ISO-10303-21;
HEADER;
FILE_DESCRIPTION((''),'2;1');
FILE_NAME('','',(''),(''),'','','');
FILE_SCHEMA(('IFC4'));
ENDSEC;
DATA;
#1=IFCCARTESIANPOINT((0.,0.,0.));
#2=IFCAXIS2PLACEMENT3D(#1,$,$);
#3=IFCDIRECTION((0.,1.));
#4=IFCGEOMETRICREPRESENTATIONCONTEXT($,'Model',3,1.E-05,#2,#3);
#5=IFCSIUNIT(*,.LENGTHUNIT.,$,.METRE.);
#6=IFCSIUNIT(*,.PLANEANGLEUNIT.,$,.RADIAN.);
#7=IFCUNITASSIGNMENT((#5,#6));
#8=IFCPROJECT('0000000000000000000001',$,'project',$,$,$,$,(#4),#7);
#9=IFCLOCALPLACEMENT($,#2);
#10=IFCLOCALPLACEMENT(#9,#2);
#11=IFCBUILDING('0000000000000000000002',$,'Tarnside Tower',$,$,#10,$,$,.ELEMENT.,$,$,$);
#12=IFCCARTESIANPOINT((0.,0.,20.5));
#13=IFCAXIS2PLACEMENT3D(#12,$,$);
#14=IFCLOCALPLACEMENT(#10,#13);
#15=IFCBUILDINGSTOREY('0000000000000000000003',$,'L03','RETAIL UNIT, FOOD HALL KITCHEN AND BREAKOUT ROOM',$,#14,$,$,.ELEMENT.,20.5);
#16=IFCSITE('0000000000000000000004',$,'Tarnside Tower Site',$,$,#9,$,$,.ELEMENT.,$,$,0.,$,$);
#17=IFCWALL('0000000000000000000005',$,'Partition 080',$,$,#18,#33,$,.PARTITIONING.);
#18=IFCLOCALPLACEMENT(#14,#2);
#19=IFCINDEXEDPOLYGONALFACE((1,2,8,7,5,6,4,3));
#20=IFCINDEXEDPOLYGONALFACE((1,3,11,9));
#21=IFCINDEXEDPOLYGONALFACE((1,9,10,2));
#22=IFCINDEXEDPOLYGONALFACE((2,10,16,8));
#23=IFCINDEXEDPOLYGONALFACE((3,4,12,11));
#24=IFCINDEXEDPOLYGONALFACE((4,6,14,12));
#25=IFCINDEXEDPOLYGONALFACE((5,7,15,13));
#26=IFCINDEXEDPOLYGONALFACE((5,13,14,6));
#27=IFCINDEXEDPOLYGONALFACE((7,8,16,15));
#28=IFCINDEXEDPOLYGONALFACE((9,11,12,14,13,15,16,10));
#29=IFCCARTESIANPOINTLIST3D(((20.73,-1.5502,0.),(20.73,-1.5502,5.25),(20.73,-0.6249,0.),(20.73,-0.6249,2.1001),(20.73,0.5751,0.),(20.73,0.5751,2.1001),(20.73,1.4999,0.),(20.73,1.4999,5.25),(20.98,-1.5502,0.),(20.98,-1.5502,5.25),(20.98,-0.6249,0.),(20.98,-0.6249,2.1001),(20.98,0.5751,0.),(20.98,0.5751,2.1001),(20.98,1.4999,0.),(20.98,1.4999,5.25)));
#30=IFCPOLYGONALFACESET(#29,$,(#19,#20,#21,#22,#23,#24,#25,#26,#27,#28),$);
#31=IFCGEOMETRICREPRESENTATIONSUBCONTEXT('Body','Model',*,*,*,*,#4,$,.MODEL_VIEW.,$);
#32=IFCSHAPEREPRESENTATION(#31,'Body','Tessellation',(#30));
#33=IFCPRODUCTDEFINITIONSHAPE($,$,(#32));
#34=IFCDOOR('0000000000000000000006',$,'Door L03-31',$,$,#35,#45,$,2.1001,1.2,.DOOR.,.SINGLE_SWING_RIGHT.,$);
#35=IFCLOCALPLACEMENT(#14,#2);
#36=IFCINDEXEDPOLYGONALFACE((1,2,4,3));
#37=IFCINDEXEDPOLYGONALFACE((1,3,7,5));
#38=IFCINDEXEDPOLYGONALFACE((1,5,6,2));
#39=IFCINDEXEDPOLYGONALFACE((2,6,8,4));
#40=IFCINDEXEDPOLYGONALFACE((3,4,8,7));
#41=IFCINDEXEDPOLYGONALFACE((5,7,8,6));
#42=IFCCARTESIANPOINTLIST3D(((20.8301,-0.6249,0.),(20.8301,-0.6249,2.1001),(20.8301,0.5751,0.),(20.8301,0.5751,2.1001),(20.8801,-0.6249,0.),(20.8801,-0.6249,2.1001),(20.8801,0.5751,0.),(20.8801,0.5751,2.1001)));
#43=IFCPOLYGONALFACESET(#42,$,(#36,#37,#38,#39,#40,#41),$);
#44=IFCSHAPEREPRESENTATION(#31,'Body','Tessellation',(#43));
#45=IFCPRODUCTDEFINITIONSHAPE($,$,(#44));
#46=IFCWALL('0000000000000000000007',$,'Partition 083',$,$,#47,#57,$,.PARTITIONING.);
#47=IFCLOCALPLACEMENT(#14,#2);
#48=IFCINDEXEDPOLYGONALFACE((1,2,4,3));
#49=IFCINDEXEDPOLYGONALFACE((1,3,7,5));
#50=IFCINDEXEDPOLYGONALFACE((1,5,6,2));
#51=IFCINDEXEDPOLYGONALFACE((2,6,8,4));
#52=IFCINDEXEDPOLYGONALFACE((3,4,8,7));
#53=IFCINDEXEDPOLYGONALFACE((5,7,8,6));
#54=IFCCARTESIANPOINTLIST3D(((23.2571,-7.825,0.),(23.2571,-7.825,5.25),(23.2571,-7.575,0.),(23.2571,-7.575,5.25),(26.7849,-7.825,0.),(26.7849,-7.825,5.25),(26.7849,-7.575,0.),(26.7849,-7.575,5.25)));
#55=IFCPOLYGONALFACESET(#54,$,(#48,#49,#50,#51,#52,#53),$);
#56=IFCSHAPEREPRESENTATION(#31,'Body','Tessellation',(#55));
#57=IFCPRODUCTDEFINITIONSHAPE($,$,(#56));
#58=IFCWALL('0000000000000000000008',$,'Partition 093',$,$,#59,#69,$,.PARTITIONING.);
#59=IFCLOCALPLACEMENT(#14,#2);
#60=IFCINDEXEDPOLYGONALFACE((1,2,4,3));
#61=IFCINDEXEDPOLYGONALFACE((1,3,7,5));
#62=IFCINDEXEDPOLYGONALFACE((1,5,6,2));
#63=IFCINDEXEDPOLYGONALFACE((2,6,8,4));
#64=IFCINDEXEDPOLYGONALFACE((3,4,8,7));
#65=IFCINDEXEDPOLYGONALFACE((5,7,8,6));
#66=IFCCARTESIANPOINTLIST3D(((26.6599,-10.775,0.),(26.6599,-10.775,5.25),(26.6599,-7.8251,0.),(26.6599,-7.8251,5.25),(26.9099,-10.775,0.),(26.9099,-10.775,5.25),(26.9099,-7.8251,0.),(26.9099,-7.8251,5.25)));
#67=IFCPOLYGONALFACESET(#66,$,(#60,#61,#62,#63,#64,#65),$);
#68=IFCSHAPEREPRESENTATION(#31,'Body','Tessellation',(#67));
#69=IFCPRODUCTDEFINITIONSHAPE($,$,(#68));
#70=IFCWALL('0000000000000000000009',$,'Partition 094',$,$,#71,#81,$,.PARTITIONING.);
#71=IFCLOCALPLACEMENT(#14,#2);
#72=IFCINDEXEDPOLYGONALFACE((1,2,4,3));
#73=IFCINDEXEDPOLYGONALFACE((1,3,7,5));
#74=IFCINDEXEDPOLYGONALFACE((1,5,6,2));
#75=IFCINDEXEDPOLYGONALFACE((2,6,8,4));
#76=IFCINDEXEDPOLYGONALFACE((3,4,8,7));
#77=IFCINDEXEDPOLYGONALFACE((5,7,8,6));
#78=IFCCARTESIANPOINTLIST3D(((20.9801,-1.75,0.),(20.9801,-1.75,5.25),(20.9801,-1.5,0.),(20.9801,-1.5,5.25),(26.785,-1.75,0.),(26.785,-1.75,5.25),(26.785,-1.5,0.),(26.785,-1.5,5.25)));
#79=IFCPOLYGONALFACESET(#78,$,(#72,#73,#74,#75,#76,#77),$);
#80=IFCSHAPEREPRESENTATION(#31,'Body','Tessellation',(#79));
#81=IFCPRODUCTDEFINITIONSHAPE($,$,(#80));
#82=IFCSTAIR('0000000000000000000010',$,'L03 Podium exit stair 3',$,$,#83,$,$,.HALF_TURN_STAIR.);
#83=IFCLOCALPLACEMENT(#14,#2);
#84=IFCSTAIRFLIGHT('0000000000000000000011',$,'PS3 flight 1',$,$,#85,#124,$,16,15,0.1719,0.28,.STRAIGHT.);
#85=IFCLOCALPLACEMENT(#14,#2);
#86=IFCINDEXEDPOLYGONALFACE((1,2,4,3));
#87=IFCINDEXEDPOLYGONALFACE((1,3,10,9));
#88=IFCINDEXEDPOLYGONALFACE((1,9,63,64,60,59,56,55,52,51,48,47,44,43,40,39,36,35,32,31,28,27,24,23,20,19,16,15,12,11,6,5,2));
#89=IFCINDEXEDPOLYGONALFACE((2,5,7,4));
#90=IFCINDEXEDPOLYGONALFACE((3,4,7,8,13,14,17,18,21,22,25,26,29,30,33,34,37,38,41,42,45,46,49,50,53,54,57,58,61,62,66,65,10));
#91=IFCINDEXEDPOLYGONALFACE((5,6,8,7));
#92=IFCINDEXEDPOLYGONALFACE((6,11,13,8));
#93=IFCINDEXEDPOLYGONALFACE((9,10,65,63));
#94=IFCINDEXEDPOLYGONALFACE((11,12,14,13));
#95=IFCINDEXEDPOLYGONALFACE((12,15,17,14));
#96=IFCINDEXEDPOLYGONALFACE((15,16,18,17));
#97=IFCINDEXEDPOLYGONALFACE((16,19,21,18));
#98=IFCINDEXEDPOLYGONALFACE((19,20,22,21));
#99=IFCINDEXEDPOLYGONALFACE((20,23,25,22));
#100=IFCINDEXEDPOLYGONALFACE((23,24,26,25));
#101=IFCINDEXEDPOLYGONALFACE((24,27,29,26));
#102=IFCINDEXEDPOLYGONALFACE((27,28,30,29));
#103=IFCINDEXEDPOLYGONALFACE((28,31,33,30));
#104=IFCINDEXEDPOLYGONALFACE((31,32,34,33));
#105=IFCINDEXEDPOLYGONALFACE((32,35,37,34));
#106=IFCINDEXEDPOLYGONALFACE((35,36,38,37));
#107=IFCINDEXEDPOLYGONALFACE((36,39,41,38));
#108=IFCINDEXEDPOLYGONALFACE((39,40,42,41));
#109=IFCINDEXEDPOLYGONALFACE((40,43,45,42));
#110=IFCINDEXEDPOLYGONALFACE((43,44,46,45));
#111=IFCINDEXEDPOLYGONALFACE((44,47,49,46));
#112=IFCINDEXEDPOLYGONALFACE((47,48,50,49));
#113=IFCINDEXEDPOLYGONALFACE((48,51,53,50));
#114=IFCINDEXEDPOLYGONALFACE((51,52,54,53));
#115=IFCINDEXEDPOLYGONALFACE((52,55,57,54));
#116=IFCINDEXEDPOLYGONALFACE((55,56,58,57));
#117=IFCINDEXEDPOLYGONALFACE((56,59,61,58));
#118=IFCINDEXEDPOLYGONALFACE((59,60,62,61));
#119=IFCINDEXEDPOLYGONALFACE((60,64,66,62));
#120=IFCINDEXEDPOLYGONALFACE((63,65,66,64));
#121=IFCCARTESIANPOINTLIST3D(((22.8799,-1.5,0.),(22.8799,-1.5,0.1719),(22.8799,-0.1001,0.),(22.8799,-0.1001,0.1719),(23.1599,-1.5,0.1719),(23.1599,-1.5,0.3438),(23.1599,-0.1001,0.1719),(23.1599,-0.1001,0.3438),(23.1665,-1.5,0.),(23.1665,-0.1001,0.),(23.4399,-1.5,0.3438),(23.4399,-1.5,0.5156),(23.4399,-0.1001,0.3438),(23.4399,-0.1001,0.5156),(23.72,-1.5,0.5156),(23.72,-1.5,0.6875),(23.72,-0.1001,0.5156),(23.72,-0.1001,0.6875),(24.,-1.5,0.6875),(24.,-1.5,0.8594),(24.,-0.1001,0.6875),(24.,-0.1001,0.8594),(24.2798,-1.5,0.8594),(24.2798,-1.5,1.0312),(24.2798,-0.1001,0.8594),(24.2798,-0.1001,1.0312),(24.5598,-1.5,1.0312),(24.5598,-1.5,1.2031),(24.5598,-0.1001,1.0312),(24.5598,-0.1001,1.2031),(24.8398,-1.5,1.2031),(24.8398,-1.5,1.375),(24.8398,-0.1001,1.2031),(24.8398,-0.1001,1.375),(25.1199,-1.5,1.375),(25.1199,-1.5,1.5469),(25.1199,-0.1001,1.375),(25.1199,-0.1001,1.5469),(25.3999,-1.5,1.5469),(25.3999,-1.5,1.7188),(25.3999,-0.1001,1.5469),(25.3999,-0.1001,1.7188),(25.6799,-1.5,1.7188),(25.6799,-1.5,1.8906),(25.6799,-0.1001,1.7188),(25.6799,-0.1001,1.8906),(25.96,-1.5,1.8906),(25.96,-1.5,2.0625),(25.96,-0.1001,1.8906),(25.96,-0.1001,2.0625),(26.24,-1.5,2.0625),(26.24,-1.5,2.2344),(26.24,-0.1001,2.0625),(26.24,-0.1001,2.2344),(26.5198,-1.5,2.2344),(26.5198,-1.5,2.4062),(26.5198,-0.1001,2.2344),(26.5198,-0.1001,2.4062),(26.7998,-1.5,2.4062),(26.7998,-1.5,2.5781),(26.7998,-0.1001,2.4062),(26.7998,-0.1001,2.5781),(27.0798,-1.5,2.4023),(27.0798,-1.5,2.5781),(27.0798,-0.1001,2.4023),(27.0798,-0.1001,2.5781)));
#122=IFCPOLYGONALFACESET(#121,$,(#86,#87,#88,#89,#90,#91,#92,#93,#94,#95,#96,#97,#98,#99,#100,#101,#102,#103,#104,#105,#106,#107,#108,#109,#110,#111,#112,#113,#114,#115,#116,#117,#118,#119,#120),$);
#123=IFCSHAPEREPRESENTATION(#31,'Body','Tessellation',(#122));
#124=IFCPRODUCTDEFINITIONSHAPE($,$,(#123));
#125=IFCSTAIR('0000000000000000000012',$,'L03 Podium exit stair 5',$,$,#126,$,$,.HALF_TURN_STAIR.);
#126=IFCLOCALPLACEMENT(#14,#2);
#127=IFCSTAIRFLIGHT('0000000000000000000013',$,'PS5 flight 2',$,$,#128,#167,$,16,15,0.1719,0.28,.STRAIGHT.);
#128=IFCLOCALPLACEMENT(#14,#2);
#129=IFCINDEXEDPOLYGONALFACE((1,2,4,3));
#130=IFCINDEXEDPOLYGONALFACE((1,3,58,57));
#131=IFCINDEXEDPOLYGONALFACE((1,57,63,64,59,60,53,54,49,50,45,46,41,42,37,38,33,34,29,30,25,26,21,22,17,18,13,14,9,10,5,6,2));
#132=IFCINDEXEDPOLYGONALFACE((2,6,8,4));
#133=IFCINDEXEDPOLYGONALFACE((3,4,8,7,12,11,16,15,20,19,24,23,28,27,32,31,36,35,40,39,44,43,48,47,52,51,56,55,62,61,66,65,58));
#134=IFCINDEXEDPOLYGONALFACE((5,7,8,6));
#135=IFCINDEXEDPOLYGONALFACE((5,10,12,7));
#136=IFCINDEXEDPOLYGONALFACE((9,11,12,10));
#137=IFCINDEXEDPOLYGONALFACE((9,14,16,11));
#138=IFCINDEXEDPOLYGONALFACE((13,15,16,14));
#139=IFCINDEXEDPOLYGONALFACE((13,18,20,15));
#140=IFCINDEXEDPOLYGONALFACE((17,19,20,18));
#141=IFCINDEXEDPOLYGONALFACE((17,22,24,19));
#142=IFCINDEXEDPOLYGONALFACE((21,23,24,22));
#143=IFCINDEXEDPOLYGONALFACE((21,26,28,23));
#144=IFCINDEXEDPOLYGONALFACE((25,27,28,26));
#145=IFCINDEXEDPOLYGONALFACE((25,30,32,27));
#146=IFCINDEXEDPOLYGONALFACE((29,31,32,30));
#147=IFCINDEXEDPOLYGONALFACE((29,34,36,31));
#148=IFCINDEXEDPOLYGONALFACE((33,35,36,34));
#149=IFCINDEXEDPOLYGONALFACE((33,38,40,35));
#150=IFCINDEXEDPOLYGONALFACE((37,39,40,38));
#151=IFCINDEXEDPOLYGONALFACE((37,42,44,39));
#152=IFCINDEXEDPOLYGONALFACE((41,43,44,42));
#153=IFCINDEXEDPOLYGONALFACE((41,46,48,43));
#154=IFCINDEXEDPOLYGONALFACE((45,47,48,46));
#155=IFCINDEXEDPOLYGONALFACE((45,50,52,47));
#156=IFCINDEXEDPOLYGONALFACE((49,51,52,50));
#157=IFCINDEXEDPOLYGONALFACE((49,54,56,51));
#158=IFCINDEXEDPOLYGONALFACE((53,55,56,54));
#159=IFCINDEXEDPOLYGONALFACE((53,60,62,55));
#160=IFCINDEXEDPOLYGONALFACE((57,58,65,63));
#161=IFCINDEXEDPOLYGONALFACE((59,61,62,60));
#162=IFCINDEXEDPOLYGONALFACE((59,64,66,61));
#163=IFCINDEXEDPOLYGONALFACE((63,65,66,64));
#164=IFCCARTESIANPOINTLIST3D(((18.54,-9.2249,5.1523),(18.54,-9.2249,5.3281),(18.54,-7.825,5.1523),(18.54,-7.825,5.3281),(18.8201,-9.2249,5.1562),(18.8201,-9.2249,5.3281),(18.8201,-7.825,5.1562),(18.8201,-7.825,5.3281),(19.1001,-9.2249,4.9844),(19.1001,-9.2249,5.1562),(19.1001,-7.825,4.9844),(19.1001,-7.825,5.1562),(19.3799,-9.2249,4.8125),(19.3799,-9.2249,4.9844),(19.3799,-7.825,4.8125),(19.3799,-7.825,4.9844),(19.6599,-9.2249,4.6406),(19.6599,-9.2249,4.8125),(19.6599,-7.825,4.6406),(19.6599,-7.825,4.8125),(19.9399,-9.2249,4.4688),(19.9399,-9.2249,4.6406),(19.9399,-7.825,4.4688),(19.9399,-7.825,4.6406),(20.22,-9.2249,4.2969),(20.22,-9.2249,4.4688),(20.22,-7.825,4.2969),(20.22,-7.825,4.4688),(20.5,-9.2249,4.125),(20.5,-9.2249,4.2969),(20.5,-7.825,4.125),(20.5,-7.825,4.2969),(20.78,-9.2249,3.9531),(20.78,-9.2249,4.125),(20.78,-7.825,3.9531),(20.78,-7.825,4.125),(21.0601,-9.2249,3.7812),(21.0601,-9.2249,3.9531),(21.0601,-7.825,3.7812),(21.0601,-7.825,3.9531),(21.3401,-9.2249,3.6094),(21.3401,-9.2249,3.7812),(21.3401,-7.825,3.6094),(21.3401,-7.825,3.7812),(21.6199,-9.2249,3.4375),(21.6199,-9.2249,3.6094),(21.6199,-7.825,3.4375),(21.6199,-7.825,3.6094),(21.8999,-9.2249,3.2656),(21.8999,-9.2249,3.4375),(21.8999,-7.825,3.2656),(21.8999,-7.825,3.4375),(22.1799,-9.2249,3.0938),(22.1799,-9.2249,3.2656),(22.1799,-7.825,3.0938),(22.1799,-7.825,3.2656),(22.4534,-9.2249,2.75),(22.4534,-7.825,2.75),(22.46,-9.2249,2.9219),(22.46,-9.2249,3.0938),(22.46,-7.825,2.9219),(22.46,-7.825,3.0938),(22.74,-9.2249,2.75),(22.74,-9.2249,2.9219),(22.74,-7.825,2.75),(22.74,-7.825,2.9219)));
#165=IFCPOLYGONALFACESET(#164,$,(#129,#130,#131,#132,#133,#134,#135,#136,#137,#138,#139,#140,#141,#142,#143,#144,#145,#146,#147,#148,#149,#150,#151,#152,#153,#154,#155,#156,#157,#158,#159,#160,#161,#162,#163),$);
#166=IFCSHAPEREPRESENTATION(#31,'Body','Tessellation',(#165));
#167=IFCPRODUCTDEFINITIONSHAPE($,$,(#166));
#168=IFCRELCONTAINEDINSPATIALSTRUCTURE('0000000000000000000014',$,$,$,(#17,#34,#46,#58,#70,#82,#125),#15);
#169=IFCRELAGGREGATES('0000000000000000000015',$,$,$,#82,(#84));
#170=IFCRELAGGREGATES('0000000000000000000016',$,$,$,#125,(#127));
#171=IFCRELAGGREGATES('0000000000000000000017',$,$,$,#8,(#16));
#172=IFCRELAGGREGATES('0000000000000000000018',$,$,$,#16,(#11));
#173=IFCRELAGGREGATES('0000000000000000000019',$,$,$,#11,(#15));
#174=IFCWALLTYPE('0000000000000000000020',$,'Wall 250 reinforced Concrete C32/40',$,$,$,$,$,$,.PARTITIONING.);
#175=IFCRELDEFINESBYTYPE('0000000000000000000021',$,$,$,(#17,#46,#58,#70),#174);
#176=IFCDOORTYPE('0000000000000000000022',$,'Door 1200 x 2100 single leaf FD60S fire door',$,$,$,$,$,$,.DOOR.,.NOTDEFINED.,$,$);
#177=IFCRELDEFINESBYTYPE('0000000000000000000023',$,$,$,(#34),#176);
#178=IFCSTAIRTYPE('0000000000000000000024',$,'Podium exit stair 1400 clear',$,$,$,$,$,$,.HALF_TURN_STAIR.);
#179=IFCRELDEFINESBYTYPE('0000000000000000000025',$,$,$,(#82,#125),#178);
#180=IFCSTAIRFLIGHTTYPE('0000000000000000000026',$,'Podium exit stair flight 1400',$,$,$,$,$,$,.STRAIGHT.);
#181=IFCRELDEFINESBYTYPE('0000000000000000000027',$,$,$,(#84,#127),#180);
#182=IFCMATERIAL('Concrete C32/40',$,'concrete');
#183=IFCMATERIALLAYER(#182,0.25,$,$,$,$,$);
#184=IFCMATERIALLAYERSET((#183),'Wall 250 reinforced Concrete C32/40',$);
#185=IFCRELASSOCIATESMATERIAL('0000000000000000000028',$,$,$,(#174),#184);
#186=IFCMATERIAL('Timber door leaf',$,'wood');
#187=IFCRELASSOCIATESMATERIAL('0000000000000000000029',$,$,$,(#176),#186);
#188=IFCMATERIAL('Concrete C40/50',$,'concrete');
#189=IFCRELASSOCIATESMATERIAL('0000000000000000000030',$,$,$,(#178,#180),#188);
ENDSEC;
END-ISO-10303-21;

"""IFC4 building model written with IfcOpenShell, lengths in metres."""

from ifc_helpers import new_model, si_unit, direction, frame, frame_2d, origin, place, context, subcontext, project, spatial, polyline, rectangle, outline, extrude, material, layer, layer_set, type_object, element, fill, aggregate, save


model = new_model("IFC4")

# Units and contexts
model_context = context("Model", 3, precision=1e-05, world=origin(), true_north=direction((0.0, 1.0)))
body_context = subcontext(model_context, "Body", "Model", "MODEL_VIEW")
ifc_project = project(units=[si_unit("LENGTHUNIT", "METRE"), si_unit("PLANEANGLEUNIT", "RADIAN")], contexts=[model_context])

# Site, building, storey
site_placement = place(None, origin())
site = spatial("IfcSite", under=ifc_project, at=site_placement, Name="Tarnside Tower Site", CompositionType="ELEMENT", RefElevation=0.0)
building_placement = place(site_placement, origin())
building = spatial("IfcBuilding", under=site, at=building_placement, Name="Tarnside Tower", CompositionType="ELEMENT")
storey_placement = place(building_placement, frame((0.0, 0.0, 20.5)))
storey = spatial("IfcBuildingStorey", under=building, at=storey_placement, Name="L03", Description="RETAIL UNIT, FOOD HALL KITCHEN AND BREAKOUT ROOM", CompositionType="ELEMENT", Elevation=20.5)

# Shared definitions
ifc_material_1 = material(Name="Timber door leaf", Category="wood")

# Wall, opening, door
ifc_material_2 = material(Name="Concrete C32/40", Category="concrete")
ifc_layer_1 = layer(ifc_material_2, 0.25)
ifc_layer_set_1 = layer_set([ifc_layer_1], Name="Wall 250 reinforced Concrete C32/40")
wall_type_1 = type_object("IfcWallType", Name="Wall 250 reinforced Concrete C32/40", PredefinedType="PARTITIONING", material=ifc_layer_set_1)
wall_1_placement = place(storey_placement, frame((20.855, -1.55, 0.0), z_axis=(0.0, 0.0, 1.0), x_axis=(0.0, 1.0, 0.0)))
wall_1 = element("IfcWall", 1, at=wall_1_placement, inside=storey, type_object=wall_type_1, Name="Partition 080", PredefinedType="PARTITIONING", context=body_context, shape_type="SweptSolid", body=[
    extrude(rectangle(XDim=3.05, YDim=0.25, at=frame_2d((1.5249, 0.0))), origin(), (0.0, 0.0, 1.0), 5.25),
])
opening_1_placement = place(wall_1_placement, frame((0.925, 0.0, 0.0)))
opening_1 = element("IfcOpeningElement", 2, at=opening_1_placement, cuts=wall_1, PredefinedType="OPENING", context=body_context, shape_type="SweptSolid", body=[
    extrude(rectangle(XDim=1.2, YDim=2.1001, at=frame_2d((0.6001, 1.05))), frame((0.0, 0.135, 0.0), z_axis=(0.0, -1.0, 0.0), x_axis=(1.0, 0.0, 0.0)), (0.0, 0.0, 1.0), 0.27),
])
door_type_1 = type_object("IfcDoorType", Name="Door 1200 x 2100 single leaf FD60S fire door", OperationType="NOTDEFINED", PredefinedType="DOOR", material=ifc_material_1)
door_1_placement = place(opening_1_placement, origin())
door_1 = element("IfcDoor", 3, at=door_1_placement, inside=storey, type_object=door_type_1, Name="Door L03-31", OperationType="SINGLE_SWING_RIGHT", OverallHeight=2.1001, OverallWidth=1.2, PredefinedType="DOOR", context=body_context, shape_type="SweptSolid", body=[
    extrude(rectangle(XDim=1.2, YDim=2.1001, at=frame_2d((0.6001, 1.05))), frame((0.0, 0.0249, 0.0), z_axis=(0.0, -1.0, 0.0), x_axis=(1.0, 0.0, 0.0)), (0.0, 0.0, 1.0), 0.05),
])
fill(opening_1, door_1)

# Walls
wall_2_placement = place(storey_placement, frame((23.2571, -7.7, 0.0), z_axis=(0.0, 0.0, 1.0), x_axis=(1.0, 0.0, 0.0)))
element("IfcWall", 4, at=wall_2_placement, inside=storey, type_object=wall_type_1, Name="Partition 083", PredefinedType="PARTITIONING", context=body_context, shape_type="SweptSolid", body=[
    extrude(rectangle(XDim=3.5278, YDim=0.25, at=frame_2d((1.7639, 0.0))), origin(), (0.0, 0.0, 1.0), 5.25),
])
wall_3_placement = place(storey_placement, frame((26.7849, -7.825, 0.0), z_axis=(0.0, 0.0, 1.0), x_axis=(0.0, -1.0, 0.0)))
element("IfcWall", 5, at=wall_3_placement, inside=storey, type_object=wall_type_1, Name="Partition 093", PredefinedType="PARTITIONING", context=body_context, shape_type="SweptSolid", body=[
    extrude(rectangle(XDim=2.95, YDim=0.25, at=frame_2d((1.4751, 0.0))), origin(), (0.0, 0.0, 1.0), 5.25),
])
wall_4_placement = place(storey_placement, frame((26.7849, -1.625, 0.0), z_axis=(0.0, 0.0, 1.0), x_axis=(-1.0, 0.0, 0.0)))
element("IfcWall", 6, at=wall_4_placement, inside=storey, type_object=wall_type_1, Name="Partition 094", PredefinedType="PARTITIONING", context=body_context, shape_type="SweptSolid", body=[
    extrude(rectangle(XDim=5.8049, YDim=0.25, at=frame_2d((2.9023, 0.0))), origin(), (0.0, 0.0, 1.0), 5.25),
])

# Stairs, stair flights
ifc_material_3 = material(Name="Concrete C40/50", Category="concrete")
stair_type = type_object("IfcStairType", Name="Podium exit stair 1400 clear", PredefinedType="HALF_TURN_STAIR", material=ifc_material_3)
stair_1_placement = place(storey_placement, origin())
stair_1 = element("IfcStair", 7, at=stair_1_placement, inside=storey, type_object=stair_type, Name="L03 Podium exit stair 3", PredefinedType="HALF_TURN_STAIR")
stair_flight_type = type_object("IfcStairFlightType", Name="Podium exit stair flight 1400", PredefinedType="STRAIGHT", material=ifc_material_3)
stair_flight_1_placement = place(storey_placement, frame((22.8799, -0.8, 0.0), z_axis=(0.0, 0.0, 1.0), x_axis=(1.0, 0.0, 0.0)))
stair_flight_1 = element("IfcStairFlight", 8, at=stair_flight_1_placement, type_object=stair_flight_type, Name="PS3 flight 1", NumberOfRisers=16, NumberOfTreads=15, PredefinedType="STRAIGHT", RiserHeight=0.1719, TreadLength=0.28, context=body_context, shape_type="SweptSolid", body=[
    extrude(outline(polyline([(0.0, 0.0), (0.0, 0.1719), (0.28, 0.1719), (0.28, 0.3438), (0.5601, 0.3438), (0.5601, 0.5156), (0.8401, 0.5156), (0.8401, 0.6875), (1.1201, 0.6875), (1.1201, 0.8594), (1.3999, 0.8594), (1.3999, 1.0312), (1.6799, 1.0312), (1.6799, 1.2031), (1.96, 1.2031), (1.96, 1.375), (2.24, 1.375), (2.24, 1.5469), (2.52, 1.5469), (2.52, 1.7188), (2.8, 1.7188), (2.8, 1.8906), (3.0801, 1.8906), (3.0801, 2.0625), (3.3601, 2.0625), (3.3601, 2.2344), (3.6399, 2.2344), (3.6399, 2.4062), (3.9199, 2.4062), (3.9199, 2.5781), (4.2, 2.5781), (4.2, 2.75), (4.2, 2.4023), (0.2866, 0.0), (0.0, 0.0)])), frame((0.0, 0.7, 0.0), z_axis=(0.0, -1.0, 0.0), x_axis=(1.0, 0.0, 0.0)), (0.0, 0.0, 1.0), 1.3999),
])
aggregate(stair_1, [stair_flight_1])
stair_2_placement = place(storey_placement, origin())
stair_2 = element("IfcStair", 9, at=stair_2_placement, inside=storey, type_object=stair_type, Name="L03 Podium exit stair 5", PredefinedType="HALF_TURN_STAIR")
stair_flight_2_placement = place(storey_placement, frame((22.74, -8.5249, 2.75), z_axis=(0.0, 0.0, 1.0), x_axis=(-1.0, 0.0, 0.0)))
stair_flight_2 = element("IfcStairFlight", 10, at=stair_flight_2_placement, type_object=stair_flight_type, Name="PS5 flight 2", NumberOfRisers=16, NumberOfTreads=15, PredefinedType="STRAIGHT", RiserHeight=0.1719, TreadLength=0.28, context=body_context, shape_type="SweptSolid", body=[
    extrude(outline(polyline([(0.0, 0.0), (0.0, 0.1719), (0.28, 0.1719), (0.28, 0.3438), (0.5601, 0.3438), (0.5601, 0.5156), (0.8401, 0.5156), (0.8401, 0.6875), (1.1201, 0.6875), (1.1201, 0.8594), (1.3999, 0.8594), (1.3999, 1.0312), (1.6799, 1.0312), (1.6799, 1.2031), (1.96, 1.2031), (1.96, 1.375), (2.24, 1.375), (2.24, 1.5469), (2.52, 1.5469), (2.52, 1.7188), (2.8, 1.7188), (2.8, 1.8906), (3.0801, 1.8906), (3.0801, 2.0625), (3.3601, 2.0625), (3.3601, 2.2344), (3.6399, 2.2344), (3.6399, 2.4062), (3.9199, 2.4062), (3.9199, 2.5781), (4.2, 2.5781), (4.2, 2.75), (4.2, 2.4023), (0.2866, 0.0), (0.0, 0.0)])), frame((0.0, 0.7, 0.0), z_axis=(0.0, -1.0, 0.0), x_axis=(1.0, 0.0, 0.0)), (0.0, 0.0, 1.0), 1.3999),
])
aggregate(stair_2, [stair_flight_2])

save(model, "model.ifc")
